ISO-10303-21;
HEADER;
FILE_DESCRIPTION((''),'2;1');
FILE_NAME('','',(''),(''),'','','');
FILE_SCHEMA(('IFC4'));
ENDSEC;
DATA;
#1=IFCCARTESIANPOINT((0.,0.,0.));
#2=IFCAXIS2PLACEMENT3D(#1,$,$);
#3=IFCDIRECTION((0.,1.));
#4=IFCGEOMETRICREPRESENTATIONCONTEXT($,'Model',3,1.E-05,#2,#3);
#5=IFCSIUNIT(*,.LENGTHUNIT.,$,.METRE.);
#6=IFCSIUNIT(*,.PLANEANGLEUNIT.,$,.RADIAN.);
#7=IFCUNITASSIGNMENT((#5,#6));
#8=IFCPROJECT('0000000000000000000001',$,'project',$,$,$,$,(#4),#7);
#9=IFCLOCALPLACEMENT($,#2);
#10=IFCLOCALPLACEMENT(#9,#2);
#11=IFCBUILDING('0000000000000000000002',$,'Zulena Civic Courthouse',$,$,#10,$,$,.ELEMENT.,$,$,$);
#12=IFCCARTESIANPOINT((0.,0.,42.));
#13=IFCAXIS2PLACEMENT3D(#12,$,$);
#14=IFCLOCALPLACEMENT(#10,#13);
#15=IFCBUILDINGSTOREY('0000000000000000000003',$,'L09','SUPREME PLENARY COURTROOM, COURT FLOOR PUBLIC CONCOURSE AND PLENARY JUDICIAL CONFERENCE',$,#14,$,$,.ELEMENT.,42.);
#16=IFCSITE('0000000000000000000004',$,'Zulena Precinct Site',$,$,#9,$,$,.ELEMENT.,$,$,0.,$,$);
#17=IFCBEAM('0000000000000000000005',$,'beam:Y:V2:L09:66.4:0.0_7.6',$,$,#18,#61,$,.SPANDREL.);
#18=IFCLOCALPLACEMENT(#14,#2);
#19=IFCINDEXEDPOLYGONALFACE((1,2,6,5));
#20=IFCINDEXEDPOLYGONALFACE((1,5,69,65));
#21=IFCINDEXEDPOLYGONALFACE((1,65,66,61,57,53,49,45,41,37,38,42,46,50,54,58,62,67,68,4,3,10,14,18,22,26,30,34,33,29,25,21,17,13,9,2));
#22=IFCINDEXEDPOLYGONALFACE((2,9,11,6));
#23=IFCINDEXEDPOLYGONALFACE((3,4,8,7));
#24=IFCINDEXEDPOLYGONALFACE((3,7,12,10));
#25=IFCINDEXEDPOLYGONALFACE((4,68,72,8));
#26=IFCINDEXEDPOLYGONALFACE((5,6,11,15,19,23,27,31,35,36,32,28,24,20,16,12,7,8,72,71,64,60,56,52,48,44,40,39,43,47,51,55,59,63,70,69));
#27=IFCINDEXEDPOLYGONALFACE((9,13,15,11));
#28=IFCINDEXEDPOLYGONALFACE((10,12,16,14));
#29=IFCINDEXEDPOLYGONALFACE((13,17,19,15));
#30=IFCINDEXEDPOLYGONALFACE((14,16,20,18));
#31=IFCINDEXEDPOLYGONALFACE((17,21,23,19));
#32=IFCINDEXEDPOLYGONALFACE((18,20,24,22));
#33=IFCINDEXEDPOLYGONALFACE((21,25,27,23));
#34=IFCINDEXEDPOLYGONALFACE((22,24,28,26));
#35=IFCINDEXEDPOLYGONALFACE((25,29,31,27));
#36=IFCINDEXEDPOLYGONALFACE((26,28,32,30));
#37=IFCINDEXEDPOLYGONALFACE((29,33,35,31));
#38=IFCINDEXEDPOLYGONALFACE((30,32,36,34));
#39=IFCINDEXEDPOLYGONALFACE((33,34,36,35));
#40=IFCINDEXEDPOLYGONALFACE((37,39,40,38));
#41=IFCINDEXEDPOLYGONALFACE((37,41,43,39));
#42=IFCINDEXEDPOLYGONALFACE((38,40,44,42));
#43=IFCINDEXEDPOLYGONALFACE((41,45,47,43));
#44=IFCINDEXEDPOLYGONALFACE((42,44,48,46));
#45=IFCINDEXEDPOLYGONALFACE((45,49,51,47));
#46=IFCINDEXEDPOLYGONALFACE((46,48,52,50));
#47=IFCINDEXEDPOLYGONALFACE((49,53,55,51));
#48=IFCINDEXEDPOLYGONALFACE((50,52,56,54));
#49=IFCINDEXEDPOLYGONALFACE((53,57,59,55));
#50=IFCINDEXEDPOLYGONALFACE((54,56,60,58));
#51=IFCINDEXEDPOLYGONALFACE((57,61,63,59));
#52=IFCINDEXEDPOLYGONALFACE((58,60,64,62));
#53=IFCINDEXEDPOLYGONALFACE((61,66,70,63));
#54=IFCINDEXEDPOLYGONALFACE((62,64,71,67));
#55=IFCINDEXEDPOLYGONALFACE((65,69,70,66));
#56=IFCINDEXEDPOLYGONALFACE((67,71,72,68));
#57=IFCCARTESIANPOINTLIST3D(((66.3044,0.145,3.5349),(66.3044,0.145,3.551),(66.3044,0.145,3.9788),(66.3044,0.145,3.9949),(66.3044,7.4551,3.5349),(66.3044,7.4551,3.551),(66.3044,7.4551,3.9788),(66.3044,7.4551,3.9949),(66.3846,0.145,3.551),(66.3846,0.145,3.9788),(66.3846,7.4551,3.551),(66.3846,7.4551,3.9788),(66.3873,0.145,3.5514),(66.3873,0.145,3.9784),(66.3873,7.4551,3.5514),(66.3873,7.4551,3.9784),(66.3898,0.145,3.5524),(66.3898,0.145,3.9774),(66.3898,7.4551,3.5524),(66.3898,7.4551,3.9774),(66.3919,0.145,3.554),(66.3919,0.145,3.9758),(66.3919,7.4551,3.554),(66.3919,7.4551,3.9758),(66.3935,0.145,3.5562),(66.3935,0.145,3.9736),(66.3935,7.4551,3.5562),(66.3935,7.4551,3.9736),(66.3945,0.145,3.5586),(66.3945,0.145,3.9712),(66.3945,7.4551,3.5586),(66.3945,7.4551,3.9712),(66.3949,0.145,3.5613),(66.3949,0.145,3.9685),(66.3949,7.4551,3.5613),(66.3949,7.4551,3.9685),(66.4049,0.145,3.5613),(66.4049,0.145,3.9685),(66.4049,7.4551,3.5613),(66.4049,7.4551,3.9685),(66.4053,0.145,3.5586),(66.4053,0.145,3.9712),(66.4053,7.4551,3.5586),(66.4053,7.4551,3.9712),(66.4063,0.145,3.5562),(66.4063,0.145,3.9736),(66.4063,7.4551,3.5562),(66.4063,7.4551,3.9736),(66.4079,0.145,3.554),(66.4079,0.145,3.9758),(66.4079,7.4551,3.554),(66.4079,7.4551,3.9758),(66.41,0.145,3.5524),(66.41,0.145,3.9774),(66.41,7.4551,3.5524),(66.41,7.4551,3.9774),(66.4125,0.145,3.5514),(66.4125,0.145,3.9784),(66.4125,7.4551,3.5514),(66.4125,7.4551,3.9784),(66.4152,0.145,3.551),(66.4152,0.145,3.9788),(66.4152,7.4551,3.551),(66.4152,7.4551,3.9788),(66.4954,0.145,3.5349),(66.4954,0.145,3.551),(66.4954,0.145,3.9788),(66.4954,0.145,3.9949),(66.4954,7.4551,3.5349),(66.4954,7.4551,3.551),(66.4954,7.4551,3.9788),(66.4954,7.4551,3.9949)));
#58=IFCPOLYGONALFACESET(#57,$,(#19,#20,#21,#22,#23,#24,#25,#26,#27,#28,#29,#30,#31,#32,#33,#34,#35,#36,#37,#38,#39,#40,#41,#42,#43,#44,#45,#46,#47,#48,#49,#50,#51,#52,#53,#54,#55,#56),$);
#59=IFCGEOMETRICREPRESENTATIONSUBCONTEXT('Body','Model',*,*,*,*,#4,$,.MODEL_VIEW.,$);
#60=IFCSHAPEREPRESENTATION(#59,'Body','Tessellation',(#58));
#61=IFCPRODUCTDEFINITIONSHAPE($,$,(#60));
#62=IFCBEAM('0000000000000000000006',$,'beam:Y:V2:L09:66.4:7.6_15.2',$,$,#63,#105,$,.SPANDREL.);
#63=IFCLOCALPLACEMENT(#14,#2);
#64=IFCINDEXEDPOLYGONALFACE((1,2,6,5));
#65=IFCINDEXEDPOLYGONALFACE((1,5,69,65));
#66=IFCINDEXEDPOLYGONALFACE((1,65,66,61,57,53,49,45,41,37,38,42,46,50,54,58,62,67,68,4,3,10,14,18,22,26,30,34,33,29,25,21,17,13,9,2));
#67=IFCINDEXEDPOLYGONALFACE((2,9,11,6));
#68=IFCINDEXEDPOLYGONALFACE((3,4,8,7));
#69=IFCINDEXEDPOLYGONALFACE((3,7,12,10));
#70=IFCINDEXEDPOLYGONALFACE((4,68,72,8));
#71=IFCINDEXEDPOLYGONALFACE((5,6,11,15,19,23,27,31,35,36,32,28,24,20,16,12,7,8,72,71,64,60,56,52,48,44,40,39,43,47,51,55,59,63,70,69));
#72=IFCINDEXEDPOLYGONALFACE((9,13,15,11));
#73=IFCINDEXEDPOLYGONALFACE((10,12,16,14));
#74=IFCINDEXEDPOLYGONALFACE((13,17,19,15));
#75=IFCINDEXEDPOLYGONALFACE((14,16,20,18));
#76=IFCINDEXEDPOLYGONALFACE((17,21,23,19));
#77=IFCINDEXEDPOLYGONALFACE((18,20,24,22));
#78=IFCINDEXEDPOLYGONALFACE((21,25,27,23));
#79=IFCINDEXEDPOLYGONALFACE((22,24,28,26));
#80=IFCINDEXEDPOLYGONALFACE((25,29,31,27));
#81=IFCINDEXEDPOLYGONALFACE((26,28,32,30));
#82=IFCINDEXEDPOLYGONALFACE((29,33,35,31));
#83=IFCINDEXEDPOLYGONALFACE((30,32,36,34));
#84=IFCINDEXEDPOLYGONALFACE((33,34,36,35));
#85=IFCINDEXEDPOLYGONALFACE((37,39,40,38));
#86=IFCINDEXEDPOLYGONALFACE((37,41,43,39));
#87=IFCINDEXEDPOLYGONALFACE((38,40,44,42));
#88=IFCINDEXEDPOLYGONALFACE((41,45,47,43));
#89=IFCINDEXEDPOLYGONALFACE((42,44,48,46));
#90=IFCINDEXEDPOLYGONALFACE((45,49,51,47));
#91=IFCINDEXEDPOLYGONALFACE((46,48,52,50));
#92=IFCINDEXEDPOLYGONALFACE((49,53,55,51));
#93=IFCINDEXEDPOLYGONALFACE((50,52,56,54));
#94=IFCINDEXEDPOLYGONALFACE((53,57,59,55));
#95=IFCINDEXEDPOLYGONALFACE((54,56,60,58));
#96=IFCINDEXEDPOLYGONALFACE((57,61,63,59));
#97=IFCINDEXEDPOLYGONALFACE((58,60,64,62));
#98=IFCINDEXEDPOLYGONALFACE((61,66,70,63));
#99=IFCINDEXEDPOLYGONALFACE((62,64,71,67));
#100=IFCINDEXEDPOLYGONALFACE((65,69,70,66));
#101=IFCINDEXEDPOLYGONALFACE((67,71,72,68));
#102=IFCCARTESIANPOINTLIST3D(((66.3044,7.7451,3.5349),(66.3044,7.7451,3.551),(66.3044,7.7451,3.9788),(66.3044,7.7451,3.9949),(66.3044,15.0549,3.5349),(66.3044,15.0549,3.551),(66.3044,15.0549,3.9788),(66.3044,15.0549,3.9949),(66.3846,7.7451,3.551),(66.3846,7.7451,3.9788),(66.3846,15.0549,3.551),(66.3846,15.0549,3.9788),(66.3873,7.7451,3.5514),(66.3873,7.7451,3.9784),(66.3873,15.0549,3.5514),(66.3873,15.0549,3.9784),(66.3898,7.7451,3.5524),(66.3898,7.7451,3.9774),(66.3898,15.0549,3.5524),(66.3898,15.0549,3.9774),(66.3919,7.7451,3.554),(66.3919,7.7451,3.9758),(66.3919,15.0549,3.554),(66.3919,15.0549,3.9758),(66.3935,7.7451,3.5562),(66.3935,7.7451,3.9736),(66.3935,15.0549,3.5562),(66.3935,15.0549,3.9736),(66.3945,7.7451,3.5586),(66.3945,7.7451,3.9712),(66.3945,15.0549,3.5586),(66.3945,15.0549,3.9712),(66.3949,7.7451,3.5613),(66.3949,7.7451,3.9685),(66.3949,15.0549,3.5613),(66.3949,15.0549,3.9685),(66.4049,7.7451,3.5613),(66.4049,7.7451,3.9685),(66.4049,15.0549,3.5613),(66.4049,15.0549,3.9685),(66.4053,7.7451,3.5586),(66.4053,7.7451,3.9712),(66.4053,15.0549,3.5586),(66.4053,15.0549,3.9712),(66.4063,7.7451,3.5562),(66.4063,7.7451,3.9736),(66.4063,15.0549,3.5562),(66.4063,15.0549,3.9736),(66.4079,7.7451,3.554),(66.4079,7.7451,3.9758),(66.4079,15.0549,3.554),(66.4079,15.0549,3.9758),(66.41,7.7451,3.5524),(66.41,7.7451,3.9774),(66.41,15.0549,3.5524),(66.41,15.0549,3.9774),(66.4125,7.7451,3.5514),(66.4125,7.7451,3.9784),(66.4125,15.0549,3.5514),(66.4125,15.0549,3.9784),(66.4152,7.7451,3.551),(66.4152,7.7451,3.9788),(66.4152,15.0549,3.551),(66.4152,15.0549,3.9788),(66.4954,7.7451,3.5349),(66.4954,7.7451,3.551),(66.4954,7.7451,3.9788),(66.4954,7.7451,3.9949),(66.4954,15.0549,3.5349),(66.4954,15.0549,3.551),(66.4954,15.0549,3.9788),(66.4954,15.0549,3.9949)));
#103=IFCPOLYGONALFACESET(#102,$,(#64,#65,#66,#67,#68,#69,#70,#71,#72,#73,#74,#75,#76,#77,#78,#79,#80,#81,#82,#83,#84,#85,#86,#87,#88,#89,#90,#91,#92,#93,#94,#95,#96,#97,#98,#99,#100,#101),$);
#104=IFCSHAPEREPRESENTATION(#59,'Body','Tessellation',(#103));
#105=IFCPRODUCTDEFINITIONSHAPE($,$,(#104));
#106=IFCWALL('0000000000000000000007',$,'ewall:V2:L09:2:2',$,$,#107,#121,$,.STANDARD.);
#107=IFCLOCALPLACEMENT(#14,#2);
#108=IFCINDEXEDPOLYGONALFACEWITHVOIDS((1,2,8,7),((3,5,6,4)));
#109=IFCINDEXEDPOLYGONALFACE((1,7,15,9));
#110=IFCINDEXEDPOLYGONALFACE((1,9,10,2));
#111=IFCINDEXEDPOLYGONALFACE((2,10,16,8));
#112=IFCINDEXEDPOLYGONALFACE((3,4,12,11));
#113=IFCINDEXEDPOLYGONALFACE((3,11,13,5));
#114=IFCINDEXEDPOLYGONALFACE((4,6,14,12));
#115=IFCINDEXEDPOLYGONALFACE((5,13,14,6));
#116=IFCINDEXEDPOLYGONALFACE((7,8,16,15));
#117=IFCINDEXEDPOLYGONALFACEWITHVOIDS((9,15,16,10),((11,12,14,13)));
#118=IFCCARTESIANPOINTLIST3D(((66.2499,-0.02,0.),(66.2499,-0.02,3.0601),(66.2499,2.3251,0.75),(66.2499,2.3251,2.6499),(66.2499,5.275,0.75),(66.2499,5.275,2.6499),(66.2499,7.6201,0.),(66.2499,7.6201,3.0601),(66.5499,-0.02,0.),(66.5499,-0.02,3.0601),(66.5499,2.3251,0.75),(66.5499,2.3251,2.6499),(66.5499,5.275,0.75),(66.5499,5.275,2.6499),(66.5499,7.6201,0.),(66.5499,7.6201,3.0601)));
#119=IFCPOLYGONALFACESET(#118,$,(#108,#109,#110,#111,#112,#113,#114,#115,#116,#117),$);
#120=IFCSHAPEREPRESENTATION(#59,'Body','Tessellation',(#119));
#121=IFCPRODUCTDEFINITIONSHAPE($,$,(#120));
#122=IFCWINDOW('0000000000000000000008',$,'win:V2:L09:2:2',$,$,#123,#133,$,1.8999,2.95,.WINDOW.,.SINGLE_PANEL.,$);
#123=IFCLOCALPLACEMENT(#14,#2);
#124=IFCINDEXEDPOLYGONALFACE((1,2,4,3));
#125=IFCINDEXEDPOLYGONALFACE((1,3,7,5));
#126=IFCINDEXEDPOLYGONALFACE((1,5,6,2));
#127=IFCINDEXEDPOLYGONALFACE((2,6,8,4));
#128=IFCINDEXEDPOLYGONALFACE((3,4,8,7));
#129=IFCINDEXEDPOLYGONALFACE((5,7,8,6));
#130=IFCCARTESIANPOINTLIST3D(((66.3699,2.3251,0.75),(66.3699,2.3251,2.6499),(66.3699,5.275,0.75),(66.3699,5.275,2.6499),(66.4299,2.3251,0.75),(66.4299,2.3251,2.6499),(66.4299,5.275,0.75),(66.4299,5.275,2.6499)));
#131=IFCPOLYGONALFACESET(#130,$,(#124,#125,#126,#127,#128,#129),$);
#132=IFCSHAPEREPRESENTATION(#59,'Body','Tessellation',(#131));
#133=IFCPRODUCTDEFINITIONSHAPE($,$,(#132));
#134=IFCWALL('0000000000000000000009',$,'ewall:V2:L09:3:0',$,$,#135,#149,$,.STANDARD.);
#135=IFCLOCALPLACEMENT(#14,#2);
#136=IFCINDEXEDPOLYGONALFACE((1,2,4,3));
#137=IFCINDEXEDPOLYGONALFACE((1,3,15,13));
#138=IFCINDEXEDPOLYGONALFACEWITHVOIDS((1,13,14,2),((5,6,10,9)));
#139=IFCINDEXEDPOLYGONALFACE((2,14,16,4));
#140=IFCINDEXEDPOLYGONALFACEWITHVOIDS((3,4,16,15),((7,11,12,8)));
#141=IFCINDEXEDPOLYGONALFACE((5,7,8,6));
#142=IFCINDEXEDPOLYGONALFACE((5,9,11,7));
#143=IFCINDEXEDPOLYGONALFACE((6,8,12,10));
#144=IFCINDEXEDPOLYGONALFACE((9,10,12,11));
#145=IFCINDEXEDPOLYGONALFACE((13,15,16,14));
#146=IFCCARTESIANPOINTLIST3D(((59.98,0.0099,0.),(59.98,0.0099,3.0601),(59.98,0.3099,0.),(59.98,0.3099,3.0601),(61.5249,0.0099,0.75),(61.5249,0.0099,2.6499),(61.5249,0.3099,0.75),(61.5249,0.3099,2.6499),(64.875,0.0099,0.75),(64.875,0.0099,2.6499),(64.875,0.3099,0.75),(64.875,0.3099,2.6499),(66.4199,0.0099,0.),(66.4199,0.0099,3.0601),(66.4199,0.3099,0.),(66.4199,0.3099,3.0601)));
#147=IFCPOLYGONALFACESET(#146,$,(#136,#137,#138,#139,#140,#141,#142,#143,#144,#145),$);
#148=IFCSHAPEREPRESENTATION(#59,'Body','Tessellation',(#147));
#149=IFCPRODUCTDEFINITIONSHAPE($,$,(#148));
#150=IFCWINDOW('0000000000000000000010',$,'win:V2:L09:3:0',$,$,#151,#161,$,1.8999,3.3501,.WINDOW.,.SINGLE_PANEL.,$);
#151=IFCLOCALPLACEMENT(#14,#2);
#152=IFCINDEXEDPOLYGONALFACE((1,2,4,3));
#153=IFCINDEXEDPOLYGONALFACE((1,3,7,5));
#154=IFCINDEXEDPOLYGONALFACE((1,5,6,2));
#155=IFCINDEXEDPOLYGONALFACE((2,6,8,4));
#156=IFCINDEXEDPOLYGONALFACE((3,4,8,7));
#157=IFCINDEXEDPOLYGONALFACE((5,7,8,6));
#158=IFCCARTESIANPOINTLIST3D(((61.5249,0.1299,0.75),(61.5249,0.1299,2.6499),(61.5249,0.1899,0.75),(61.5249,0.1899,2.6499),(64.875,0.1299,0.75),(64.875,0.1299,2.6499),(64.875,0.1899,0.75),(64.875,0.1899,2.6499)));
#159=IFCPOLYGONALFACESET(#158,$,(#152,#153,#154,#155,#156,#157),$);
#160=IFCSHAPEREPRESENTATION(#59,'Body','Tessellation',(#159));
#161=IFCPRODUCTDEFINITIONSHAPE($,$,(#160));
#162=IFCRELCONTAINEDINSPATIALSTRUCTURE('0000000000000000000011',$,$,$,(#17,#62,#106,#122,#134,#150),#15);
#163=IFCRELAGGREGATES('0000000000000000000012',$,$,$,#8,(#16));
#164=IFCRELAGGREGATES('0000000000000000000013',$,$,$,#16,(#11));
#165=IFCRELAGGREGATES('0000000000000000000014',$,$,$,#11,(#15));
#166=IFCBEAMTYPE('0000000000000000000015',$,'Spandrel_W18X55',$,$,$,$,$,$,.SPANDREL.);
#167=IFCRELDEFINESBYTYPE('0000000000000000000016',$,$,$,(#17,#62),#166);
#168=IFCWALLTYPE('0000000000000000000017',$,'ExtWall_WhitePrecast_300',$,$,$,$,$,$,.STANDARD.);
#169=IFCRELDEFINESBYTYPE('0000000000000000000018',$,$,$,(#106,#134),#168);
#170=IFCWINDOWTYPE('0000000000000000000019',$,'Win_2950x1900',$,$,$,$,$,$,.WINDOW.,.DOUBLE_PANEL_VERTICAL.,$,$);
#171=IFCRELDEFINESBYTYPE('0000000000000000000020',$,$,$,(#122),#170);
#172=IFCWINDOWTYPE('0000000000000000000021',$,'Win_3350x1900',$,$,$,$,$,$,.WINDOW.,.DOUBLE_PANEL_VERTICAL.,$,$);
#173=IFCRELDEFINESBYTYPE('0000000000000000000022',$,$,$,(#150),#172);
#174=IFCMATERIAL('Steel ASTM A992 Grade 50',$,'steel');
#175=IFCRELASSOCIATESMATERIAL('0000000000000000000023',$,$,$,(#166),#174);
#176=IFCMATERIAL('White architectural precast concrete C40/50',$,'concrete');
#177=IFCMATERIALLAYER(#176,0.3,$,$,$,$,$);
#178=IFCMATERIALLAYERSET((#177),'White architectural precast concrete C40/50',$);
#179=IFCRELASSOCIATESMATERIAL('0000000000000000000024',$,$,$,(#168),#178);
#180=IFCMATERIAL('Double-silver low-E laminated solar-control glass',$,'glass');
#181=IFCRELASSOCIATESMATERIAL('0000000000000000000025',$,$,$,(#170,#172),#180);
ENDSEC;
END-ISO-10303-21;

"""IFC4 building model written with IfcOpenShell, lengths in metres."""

from ifc_helpers import new_model, si_unit, direction, frame, frame_2d, origin, origin_2d, place, context, subcontext, project, spatial, rectangle, i_section, extrude, material, layer, layer_set, material_profile, profile_set, type_object, element, fill, save


model = new_model("IFC4")

# Units and contexts
model_context = context("Model", 3, precision=1e-05, world=origin(), true_north=direction((0.0, 1.0)))
body_context = subcontext(model_context, "Body", "Model", "MODEL_VIEW")
ifc_project = project(units=[si_unit("LENGTHUNIT", "METRE"), si_unit("PLANEANGLEUNIT", "RADIAN")], contexts=[model_context])

# Site, building, storey
site_placement = place(None, origin())
site = spatial("IfcSite", under=ifc_project, at=site_placement, Name="Zulena Precinct Site", CompositionType="ELEMENT", RefElevation=0.0)
building_placement = place(site_placement, origin())
building = spatial("IfcBuilding", under=site, at=building_placement, Name="Zulena Civic Courthouse", CompositionType="ELEMENT")
storey_placement = place(building_placement, frame((0.0, 0.0, 42.0)))
storey = spatial("IfcBuildingStorey", under=building, at=storey_placement, Name="L09", Description="SUPREME PLENARY COURTROOM, COURT FLOOR PUBLIC CONCOURSE AND PLENARY JUDICIAL CONFERENCE", CompositionType="ELEMENT", Elevation=42.0)

# Shared definitions
ifc_material_1 = material(Name="Steel ASTM A992 Grade 50", Category="steel")

# Beams
ifc_material_profile_1 = material_profile(ifc_material_1, i_section(OverallWidth=0.1909, OverallDepth=0.46, WebThickness=0.01, FlangeThickness=0.0161, FilletRadius=0.0103, at=origin_2d()), Name="W18X55")
ifc_profile_set_1 = profile_set([ifc_material_profile_1], Name="Steel ASTM A992 Grade 50")
beam_type_1 = type_object("IfcBeamType", Name="Spandrel_W18X55", PredefinedType="SPANDREL", material=ifc_profile_set_1)
for number, where, z_axis, x_axis, name in (
    (1, (66.3999, 0.145, 3.7649), (0.0, 1.0, 0.0), (-1.0, 0.0, 0.0), "beam:Y:V2:L09:66.4:0.0_7.6"),
):
    element("IfcBeam", number, at=place(storey_placement, frame(where, z_axis=z_axis, x_axis=x_axis)), inside=storey, type_object=beam_type_1, Name=name, PredefinedType="SPANDREL", context=body_context, shape_type="SweptSolid", body=[
        extrude(i_section(OverallWidth=0.1909, OverallDepth=0.46, WebThickness=0.01, FlangeThickness=0.0161, FilletRadius=0.0103, at=origin_2d()), origin(), (0.0, 0.0, 1.0), 7.3101),
    ])
beam_1_placement = place(storey_placement, frame((66.3999, 7.7451, 3.7649), z_axis=(0.0, 1.0, 0.0), x_axis=(-1.0, 0.0, 0.0)))
element("IfcBeam", 2, at=beam_1_placement, inside=storey, type_object=beam_type_1, Name="beam:Y:V2:L09:66.4:7.6_15.2", PredefinedType="SPANDREL", context=body_context, shape_type="SweptSolid", body=[
    extrude(i_section(OverallWidth=0.1909, OverallDepth=0.46, WebThickness=0.01, FlangeThickness=0.0161, FilletRadius=0.0103, at=origin_2d()), origin(), (0.0, 0.0, 1.0), 7.3098),
])

# Walls, openings, windows
ifc_material_2 = material(Name="White architectural precast concrete C40/50", Category="concrete")
ifc_layer_1 = layer(ifc_material_2, 0.3)
ifc_layer_set_1 = layer_set([ifc_layer_1], Name="White architectural precast concrete C40/50")
wall_type_1 = type_object("IfcWallType", Name="ExtWall_WhitePrecast_300", PredefinedType="STANDARD", material=ifc_layer_set_1)
wall_1_placement = place(storey_placement, frame((66.3999, 7.6201, 0.0), z_axis=(0.0, 0.0, 1.0), x_axis=(0.0, -1.0, 0.0)))
wall_1 = element("IfcWall", 3, at=wall_1_placement, inside=storey, type_object=wall_type_1, Name="ewall:V2:L09:2:2", PredefinedType="STANDARD", context=body_context, shape_type="SweptSolid", body=[
    extrude(rectangle(XDim=7.6401, YDim=0.3, at=frame_2d((3.8201, 0.0))), origin(), (0.0, 0.0, 1.0), 3.0601),
])
opening_1_placement = place(wall_1_placement, frame((2.345, 0.0, 0.75)))
opening_1 = element("IfcOpeningElement", 4, at=opening_1_placement, cuts=wall_1, PredefinedType="OPENING", context=body_context, shape_type="SweptSolid", body=[
    extrude(rectangle(XDim=2.95, YDim=1.8999, at=frame_2d((1.4751, 0.95))), frame((0.0, 0.1599, 0.0), z_axis=(0.0, -1.0, 0.0), x_axis=(1.0, 0.0, 0.0)), (0.0, 0.0, 1.0), 0.3201),
])
ifc_material_3 = material(Name="Double-silver low-E laminated solar-control glass", Category="glass")
window_type_1 = type_object("IfcWindowType", Name="Win_2950x1900", PartitioningType="DOUBLE_PANEL_VERTICAL", PredefinedType="WINDOW", material=ifc_material_3)
window_1_placement = place(opening_1_placement, origin())
window_1 = element("IfcWindow", 5, at=window_1_placement, inside=storey, type_object=window_type_1, Name="win:V2:L09:2:2", OverallHeight=1.8999, OverallWidth=2.95, PartitioningType="SINGLE_PANEL", PredefinedType="WINDOW", context=body_context, shape_type="SweptSolid", body=[
    extrude(rectangle(XDim=2.95, YDim=1.8999, at=frame_2d((1.4751, 0.95))), frame((0.0, 0.03, 0.0), z_axis=(0.0, -1.0, 0.0), x_axis=(1.0, 0.0, 0.0)), (0.0, 0.0, 1.0), 0.0601),
])
fill(opening_1, window_1)
wall_2_placement = place(storey_placement, frame((66.4199, 0.1599, 0.0), z_axis=(0.0, 0.0, 1.0), x_axis=(-1.0, 0.0, 0.0)))
wall_2 = element("IfcWall", 6, at=wall_2_placement, inside=storey, type_object=wall_type_1, Name="ewall:V2:L09:3:0", PredefinedType="STANDARD", context=body_context, shape_type="SweptSolid", body=[
    extrude(rectangle(XDim=6.4399, YDim=0.3, at=frame_2d((3.22, 0.0))), origin(), (0.0, 0.0, 1.0), 3.0601),
])
opening_2_placement = place(wall_2_placement, frame((1.5449, 0.0, 0.75)))
opening_2 = element("IfcOpeningElement", 7, at=opening_2_placement, cuts=wall_2, PredefinedType="OPENING", context=body_context, shape_type="SweptSolid", body=[
    extrude(rectangle(XDim=3.3501, YDim=1.8999, at=frame_2d((1.675, 0.95))), frame((0.0, 0.1599, 0.0), z_axis=(0.0, -1.0, 0.0), x_axis=(1.0, 0.0, 0.0)), (0.0, 0.0, 1.0), 0.3201),
])
window_type_2 = type_object("IfcWindowType", Name="Win_3350x1900", PartitioningType="DOUBLE_PANEL_VERTICAL", PredefinedType="WINDOW", material=ifc_material_3)
window_2_placement = place(opening_2_placement, origin())
window_2 = element("IfcWindow", 8, at=window_2_placement, inside=storey, type_object=window_type_2, Name="win:V2:L09:3:0", OverallHeight=1.8999, OverallWidth=3.3501, PartitioningType="SINGLE_PANEL", PredefinedType="WINDOW", context=body_context, shape_type="SweptSolid", body=[
    extrude(rectangle(XDim=3.3501, YDim=1.8999, at=frame_2d((1.675, 0.95))), frame((0.0, 0.03, 0.0), z_axis=(0.0, -1.0, 0.0), x_axis=(1.0, 0.0, 0.0)), (0.0, 0.0, 1.0), 0.0601),
])
fill(opening_2, window_2)

save(model, "model.ifc")
